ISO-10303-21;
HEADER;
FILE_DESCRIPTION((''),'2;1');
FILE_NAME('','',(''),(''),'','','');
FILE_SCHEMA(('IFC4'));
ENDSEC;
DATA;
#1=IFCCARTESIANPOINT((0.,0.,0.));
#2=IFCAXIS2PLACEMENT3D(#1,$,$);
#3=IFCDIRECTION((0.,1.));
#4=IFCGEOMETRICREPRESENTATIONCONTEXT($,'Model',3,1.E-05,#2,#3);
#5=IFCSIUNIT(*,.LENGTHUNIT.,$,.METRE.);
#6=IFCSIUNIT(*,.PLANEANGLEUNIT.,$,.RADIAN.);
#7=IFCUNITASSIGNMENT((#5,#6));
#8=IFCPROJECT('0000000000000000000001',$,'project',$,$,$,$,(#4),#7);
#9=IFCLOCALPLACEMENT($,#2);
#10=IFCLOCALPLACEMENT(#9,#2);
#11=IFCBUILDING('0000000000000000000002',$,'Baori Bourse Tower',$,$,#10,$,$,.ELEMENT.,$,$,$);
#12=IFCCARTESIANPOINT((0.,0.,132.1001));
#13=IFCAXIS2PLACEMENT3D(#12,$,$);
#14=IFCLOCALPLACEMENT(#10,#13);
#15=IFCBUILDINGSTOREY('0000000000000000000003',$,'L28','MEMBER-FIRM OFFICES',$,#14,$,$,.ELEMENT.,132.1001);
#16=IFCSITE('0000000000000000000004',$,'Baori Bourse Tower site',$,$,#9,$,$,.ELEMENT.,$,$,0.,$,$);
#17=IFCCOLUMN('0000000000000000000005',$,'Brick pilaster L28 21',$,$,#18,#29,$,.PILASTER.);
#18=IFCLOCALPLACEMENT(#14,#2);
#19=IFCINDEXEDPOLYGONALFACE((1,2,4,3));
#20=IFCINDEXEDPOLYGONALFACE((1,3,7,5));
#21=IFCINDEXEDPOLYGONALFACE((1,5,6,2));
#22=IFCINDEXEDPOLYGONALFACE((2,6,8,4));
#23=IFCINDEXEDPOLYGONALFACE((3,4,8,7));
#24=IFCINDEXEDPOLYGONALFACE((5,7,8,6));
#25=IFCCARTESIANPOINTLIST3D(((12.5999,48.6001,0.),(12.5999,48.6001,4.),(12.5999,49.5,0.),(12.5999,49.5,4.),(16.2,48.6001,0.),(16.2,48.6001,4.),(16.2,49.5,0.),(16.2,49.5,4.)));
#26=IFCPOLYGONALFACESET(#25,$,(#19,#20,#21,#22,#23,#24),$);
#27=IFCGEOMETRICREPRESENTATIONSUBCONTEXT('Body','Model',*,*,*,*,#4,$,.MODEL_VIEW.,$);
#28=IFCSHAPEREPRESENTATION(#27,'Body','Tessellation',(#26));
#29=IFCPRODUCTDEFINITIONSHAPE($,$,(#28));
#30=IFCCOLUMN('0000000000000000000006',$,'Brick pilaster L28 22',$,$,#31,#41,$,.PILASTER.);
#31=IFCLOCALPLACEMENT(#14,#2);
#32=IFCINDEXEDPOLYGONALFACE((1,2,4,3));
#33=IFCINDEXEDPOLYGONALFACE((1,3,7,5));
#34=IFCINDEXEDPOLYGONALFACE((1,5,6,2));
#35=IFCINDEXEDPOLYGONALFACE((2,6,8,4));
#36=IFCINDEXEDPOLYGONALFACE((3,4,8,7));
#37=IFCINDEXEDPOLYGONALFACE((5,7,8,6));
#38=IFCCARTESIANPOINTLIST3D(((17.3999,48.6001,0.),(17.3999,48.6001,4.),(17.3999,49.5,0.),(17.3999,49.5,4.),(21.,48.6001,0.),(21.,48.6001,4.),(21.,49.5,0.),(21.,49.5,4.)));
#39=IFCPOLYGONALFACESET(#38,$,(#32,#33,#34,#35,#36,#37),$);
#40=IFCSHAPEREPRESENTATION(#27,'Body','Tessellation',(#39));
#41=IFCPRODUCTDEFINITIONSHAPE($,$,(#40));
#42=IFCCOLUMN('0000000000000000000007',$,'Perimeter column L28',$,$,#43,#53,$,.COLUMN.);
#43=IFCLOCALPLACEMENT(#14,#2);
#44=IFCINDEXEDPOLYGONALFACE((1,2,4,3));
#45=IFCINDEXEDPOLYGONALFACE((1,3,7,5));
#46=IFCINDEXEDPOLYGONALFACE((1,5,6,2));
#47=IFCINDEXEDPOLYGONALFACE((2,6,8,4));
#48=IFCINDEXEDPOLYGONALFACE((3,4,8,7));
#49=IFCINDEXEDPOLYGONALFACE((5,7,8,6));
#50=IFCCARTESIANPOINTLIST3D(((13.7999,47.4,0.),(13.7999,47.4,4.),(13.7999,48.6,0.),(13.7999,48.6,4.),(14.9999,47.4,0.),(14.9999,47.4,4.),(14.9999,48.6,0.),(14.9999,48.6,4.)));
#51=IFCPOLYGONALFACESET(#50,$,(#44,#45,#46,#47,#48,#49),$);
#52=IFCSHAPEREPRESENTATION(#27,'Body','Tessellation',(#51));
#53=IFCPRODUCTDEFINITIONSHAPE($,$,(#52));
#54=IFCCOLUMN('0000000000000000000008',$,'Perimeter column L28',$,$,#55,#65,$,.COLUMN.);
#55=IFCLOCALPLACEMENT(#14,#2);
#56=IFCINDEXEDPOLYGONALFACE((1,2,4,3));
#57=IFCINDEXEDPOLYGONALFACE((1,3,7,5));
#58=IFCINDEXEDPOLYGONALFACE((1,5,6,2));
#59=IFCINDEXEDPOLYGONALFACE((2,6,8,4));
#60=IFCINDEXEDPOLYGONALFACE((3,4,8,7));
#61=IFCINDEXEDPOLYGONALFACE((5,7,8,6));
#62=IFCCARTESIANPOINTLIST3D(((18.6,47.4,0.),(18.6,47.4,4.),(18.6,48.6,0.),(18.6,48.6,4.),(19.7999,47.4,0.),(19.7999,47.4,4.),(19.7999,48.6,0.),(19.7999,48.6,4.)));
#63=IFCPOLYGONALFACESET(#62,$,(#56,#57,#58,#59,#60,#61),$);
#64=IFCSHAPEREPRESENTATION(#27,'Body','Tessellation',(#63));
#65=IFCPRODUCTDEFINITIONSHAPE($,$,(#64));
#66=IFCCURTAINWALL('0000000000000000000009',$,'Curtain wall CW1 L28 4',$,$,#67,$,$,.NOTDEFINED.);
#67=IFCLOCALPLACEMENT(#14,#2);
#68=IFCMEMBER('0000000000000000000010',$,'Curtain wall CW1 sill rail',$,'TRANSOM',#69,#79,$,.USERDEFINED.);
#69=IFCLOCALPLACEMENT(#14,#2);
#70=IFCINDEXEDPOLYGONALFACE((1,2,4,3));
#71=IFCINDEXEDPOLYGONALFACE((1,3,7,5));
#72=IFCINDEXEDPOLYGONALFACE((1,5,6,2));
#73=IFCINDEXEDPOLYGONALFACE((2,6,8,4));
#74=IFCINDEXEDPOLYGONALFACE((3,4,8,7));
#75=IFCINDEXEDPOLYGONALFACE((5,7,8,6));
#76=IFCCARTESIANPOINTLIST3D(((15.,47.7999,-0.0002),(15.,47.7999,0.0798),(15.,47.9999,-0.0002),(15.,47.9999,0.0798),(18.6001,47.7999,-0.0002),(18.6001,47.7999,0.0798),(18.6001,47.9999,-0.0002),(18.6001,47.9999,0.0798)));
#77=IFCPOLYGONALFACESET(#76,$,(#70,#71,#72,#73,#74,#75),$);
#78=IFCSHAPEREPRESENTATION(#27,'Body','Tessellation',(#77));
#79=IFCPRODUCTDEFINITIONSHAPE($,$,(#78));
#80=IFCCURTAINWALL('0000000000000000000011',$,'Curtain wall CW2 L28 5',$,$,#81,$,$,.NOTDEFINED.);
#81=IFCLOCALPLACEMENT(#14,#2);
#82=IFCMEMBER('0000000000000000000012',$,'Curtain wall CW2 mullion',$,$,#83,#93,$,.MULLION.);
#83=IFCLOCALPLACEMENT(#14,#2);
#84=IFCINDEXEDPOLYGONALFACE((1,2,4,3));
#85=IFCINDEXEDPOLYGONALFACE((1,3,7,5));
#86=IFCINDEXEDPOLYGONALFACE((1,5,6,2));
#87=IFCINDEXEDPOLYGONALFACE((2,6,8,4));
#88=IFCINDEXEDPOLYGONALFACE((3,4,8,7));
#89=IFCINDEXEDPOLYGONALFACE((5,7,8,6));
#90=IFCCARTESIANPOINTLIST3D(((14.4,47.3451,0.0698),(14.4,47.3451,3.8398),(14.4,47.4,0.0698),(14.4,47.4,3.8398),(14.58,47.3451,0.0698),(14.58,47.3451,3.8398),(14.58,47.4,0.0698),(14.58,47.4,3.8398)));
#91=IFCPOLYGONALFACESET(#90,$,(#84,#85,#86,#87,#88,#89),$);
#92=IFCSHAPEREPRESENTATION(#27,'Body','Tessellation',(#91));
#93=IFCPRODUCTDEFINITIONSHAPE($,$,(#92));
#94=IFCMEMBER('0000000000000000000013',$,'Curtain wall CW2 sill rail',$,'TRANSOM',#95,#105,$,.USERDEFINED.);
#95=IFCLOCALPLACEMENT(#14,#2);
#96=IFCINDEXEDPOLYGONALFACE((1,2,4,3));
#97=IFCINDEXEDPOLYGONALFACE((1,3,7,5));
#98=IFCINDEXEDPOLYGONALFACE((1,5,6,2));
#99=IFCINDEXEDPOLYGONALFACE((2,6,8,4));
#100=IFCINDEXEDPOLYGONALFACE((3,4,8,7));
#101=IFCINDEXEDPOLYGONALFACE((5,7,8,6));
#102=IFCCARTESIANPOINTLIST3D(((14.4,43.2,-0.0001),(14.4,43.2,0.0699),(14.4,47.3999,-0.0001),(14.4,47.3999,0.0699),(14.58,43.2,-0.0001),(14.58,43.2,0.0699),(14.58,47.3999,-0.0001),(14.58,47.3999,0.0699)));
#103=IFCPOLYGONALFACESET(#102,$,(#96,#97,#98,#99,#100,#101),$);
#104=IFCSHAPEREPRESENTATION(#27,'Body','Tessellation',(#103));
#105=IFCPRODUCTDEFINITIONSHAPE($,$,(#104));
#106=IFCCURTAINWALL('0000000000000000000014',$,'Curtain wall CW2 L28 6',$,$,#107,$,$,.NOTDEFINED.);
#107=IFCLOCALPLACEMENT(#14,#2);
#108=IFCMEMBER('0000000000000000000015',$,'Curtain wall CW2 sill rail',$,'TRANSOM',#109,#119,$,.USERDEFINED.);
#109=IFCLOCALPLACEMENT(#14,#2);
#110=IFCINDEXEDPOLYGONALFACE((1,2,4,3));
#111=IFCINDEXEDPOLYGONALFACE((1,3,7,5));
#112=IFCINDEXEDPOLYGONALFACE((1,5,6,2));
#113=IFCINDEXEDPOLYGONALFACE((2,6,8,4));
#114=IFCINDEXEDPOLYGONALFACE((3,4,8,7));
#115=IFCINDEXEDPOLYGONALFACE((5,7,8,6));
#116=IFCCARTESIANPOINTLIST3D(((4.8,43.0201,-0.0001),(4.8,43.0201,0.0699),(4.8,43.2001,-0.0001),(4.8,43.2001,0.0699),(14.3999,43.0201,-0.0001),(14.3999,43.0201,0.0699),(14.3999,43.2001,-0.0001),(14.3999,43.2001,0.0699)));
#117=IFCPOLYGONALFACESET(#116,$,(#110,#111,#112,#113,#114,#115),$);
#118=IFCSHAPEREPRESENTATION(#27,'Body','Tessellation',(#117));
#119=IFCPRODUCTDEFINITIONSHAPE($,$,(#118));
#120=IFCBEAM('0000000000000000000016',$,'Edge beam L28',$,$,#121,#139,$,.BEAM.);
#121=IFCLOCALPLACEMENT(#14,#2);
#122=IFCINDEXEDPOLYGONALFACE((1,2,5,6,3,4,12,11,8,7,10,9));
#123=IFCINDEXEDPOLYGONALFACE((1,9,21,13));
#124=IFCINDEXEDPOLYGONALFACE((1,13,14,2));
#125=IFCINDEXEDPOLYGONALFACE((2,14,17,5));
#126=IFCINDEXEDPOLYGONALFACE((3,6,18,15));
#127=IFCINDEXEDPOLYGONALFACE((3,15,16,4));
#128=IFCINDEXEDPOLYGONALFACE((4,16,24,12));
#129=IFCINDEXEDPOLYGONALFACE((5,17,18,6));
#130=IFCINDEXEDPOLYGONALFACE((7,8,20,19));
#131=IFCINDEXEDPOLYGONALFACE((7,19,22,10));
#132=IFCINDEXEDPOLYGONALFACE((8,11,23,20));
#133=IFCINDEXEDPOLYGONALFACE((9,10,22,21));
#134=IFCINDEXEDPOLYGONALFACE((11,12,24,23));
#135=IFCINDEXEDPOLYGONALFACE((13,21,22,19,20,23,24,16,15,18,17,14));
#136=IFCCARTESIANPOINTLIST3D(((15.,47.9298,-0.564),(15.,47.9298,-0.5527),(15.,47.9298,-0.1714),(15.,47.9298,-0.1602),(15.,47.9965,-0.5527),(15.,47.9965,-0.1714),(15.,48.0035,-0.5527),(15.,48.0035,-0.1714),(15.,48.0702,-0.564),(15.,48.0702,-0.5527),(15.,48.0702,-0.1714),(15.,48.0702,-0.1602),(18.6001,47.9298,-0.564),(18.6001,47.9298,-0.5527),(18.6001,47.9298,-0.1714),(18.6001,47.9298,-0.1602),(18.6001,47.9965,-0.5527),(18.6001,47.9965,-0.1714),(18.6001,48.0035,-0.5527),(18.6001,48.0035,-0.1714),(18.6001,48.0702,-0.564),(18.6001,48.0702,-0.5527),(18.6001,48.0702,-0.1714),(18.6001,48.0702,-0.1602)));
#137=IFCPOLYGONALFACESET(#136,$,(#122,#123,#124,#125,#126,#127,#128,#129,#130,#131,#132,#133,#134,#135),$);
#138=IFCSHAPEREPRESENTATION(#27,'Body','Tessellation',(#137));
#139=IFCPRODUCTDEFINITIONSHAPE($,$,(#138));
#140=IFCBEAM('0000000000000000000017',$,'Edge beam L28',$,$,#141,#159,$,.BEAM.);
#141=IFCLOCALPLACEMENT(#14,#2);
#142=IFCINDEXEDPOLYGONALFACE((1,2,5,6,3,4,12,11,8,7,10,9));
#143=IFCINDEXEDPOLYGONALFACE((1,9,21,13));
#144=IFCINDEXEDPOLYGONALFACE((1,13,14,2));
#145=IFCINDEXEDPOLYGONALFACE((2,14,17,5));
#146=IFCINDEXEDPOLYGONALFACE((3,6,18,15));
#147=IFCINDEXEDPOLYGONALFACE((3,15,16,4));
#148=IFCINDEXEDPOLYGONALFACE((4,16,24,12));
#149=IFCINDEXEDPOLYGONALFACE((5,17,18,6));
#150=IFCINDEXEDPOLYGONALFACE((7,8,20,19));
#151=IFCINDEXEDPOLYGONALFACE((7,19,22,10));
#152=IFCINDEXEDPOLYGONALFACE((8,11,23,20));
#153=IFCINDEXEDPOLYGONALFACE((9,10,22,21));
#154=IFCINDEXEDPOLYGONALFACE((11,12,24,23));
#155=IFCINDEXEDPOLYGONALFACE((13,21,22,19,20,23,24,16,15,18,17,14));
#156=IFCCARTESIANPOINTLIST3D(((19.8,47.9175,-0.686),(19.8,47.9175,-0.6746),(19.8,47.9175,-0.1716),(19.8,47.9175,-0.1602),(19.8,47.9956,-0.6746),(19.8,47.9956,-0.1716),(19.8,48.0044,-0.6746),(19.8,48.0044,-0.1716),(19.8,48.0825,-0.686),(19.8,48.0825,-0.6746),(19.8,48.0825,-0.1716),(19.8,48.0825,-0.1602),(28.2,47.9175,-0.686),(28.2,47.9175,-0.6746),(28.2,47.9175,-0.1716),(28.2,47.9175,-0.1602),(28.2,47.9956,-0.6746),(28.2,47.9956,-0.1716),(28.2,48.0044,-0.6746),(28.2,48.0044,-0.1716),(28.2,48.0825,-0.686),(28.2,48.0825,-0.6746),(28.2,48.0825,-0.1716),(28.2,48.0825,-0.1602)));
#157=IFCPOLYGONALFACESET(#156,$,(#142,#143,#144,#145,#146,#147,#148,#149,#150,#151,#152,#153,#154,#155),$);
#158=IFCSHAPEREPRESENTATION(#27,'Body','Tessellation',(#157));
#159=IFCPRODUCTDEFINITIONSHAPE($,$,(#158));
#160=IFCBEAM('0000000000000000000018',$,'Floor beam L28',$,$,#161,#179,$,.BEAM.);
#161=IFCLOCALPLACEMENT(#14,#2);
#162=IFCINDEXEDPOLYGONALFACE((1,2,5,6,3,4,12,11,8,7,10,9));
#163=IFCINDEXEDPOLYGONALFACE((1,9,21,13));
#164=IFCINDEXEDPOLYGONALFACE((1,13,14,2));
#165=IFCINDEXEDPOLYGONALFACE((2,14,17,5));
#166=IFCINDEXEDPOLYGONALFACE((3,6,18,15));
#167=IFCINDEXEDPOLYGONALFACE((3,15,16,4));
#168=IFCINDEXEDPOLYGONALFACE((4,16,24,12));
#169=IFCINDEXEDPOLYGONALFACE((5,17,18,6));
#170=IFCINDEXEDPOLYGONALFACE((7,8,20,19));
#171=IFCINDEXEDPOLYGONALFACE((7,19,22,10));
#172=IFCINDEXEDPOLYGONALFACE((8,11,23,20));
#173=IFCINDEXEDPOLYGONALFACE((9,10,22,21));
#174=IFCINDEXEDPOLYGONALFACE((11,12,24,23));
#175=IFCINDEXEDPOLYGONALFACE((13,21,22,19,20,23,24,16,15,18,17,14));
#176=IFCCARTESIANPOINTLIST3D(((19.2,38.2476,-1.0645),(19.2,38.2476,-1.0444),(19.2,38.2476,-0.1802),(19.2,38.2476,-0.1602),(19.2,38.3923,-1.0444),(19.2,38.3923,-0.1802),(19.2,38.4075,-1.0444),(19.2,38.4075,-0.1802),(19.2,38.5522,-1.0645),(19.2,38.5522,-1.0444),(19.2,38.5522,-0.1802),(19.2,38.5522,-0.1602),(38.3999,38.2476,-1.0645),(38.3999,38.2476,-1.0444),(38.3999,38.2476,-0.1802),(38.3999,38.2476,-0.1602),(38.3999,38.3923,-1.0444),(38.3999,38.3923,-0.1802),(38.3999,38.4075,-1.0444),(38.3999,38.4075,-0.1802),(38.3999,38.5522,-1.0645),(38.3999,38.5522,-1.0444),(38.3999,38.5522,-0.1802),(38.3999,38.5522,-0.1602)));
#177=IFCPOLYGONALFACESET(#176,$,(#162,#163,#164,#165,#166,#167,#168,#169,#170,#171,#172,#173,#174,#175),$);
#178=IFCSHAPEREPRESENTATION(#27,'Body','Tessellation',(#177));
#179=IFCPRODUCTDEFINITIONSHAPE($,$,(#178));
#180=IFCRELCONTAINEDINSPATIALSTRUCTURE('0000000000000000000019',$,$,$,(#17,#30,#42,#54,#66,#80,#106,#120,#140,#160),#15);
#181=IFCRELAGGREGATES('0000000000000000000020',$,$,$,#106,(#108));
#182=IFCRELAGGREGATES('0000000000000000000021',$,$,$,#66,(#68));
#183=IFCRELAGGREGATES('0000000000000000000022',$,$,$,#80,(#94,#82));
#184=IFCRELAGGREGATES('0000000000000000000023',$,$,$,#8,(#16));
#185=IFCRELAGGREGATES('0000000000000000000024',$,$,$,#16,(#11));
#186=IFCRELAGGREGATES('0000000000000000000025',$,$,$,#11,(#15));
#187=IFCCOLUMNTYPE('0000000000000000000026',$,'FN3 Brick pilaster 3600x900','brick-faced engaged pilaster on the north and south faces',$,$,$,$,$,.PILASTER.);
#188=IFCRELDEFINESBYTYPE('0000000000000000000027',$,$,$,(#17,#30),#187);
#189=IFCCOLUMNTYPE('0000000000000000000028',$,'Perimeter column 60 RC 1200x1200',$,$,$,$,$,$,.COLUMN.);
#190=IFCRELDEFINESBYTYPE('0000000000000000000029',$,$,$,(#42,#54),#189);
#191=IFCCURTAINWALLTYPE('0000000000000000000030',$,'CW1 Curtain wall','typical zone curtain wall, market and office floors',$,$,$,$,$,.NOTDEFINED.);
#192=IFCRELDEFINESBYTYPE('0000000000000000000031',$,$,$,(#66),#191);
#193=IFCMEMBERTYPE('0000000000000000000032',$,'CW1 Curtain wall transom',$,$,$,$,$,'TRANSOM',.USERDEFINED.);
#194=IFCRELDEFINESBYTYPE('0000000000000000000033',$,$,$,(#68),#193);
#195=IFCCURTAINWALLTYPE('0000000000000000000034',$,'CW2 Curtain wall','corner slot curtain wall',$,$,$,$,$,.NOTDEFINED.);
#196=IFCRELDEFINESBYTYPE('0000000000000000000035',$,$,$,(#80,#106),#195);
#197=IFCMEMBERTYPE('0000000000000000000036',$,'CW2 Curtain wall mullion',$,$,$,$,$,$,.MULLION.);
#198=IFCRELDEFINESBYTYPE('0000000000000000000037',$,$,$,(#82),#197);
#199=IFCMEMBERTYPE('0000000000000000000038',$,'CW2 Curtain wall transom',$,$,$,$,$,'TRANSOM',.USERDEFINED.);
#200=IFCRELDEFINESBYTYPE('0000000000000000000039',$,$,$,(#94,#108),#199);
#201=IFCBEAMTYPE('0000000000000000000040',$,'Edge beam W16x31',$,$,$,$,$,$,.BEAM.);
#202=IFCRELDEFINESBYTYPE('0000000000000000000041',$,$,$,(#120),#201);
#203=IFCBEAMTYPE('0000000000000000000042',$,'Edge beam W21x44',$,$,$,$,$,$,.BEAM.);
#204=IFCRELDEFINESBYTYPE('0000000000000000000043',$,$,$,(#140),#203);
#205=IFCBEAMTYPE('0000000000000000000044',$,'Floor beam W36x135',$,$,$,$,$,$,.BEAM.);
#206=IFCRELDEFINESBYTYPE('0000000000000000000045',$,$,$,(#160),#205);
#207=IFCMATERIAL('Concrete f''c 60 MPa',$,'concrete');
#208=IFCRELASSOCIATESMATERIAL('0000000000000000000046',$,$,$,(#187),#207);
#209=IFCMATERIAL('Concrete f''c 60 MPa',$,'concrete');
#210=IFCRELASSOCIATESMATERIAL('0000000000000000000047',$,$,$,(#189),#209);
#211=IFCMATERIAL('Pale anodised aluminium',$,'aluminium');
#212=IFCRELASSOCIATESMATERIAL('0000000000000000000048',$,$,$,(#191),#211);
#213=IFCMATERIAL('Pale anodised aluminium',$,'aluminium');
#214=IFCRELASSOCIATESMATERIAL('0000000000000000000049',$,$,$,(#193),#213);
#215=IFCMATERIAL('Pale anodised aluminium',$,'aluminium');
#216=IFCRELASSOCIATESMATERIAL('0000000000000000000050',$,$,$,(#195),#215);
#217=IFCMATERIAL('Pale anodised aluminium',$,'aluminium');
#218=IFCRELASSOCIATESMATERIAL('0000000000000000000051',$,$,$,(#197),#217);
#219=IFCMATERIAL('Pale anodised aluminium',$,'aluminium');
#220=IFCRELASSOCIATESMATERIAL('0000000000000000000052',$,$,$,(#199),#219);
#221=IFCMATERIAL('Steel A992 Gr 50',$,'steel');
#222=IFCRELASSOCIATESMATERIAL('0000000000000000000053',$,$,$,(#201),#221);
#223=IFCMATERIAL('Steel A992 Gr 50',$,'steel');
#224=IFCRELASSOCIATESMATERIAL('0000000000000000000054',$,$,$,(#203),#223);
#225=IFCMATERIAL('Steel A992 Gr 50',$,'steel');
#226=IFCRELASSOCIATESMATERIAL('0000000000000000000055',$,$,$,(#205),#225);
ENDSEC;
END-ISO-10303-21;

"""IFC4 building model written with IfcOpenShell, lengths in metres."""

from ifc_helpers import new_model, si_unit, direction, frame, origin, origin_2d, place, context, subcontext, project, spatial, rectangle, i_section, extrude, material, material_profile, profile_set, type_object, element, aggregate, save


model = new_model("IFC4")

# Units and contexts
model_context = context("Model", 3, precision=1e-05, world=origin(), true_north=direction((0.0, 1.0)))
body_context = subcontext(model_context, "Body", "Model", "MODEL_VIEW")
ifc_project = project(units=[si_unit("LENGTHUNIT", "METRE"), si_unit("PLANEANGLEUNIT", "RADIAN")], contexts=[model_context])

# Site, building, storey
site_placement = place(None, origin())
site = spatial("IfcSite", under=ifc_project, at=site_placement, Name="Baori Bourse Tower site", CompositionType="ELEMENT", RefElevation=0.0)
building_placement = place(site_placement, origin())
building = spatial("IfcBuilding", under=site, at=building_placement, Name="Baori Bourse Tower", CompositionType="ELEMENT")
storey_placement = place(building_placement, frame((0.0, 0.0, 132.1001)))
storey = spatial("IfcBuildingStorey", under=building, at=storey_placement, Name="L28", Description="MEMBER-FIRM OFFICES", CompositionType="ELEMENT", Elevation=132.1001)

# Columns
ifc_material_1 = material(Name="Concrete f'c 60 MPa", Category="concrete")
ifc_material_profile_1 = material_profile(ifc_material_1, rectangle(XDim=3.6001, YDim=0.8999, at=origin_2d()), Name="RC 3600x900")
ifc_profile_set_1 = profile_set([ifc_material_profile_1], Name="Concrete f'c 60 MPa")
column_type_1 = type_object("IfcColumnType", Name="FN3 Brick pilaster 3600x900", Description="brick-faced engaged pilaster on the north and south faces", PredefinedType="PILASTER", material=ifc_profile_set_1)
for number, where, z_axis, x_axis, name in (
    (1, (14.3999, 49.05, 0.0), (0.0, 0.0, 1.0), (1.0, 0.0, 0.0), "Brick pilaster L28 21"),
    (2, (19.2, 49.05, 0.0), (0.0, 0.0, 1.0), (1.0, 0.0, 0.0), "Brick pilaster L28 22"),
):
    element("IfcColumn", number, at=place(storey_placement, frame(where, z_axis=z_axis, x_axis=x_axis)), inside=storey, type_object=column_type_1, Name=name, PredefinedType="PILASTER", context=body_context, shape_type="SweptSolid", body=[
        extrude(rectangle(XDim=3.6001, YDim=0.8999, at=origin_2d()), origin(), (0.0, 0.0, 1.0), 4.0),
    ])
ifc_material_2 = material(Name="Concrete f'c 60 MPa", Category="concrete")
ifc_material_profile_2 = material_profile(ifc_material_2, rectangle(XDim=1.2, YDim=1.2, at=origin_2d()), Name="RC 1200x1200")
ifc_profile_set_2 = profile_set([ifc_material_profile_2], Name="Concrete f'c 60 MPa")
column_type_2 = type_object("IfcColumnType", Name="Perimeter column 60 RC 1200x1200", PredefinedType="COLUMN", material=ifc_profile_set_2)
for number, where, z_axis, x_axis, name in (
    (3, (14.3999, 48.0, 0.0), (0.0, 0.0, 1.0), (1.0, 0.0, 0.0), "Perimeter column L28"),
    (4, (19.2, 48.0, 0.0), (0.0, 0.0, 1.0), (1.0, 0.0, 0.0), "Perimeter column L28"),
):
    element("IfcColumn", number, at=place(storey_placement, frame(where, z_axis=z_axis, x_axis=x_axis)), inside=storey, type_object=column_type_2, Name=name, PredefinedType="COLUMN", context=body_context, shape_type="SweptSolid", body=[
        extrude(rectangle(XDim=1.2, YDim=1.2, at=origin_2d()), origin(), (0.0, 0.0, 1.0), 4.0),
    ])

# Curtain wall, member
ifc_material_3 = material(Name="Pale anodised aluminium", Category="aluminium")
curtain_wall_type_1 = type_object("IfcCurtainWallType", Name="CW1 Curtain wall", Description="typical zone curtain wall, market and office floors", PredefinedType="NOTDEFINED", material=ifc_material_3)
curtain_wall_1_placement = place(storey_placement, origin())
curtain_wall_1 = element("IfcCurtainWall", 5, at=curtain_wall_1_placement, inside=storey, type_object=curtain_wall_type_1, Name="Curtain wall CW1 L28 4", PredefinedType="NOTDEFINED")
ifc_material_4 = material(Name="Pale anodised aluminium", Category="aluminium")
ifc_material_profile_3 = material_profile(ifc_material_4, rectangle(XDim=0.2, YDim=0.0801, at=origin_2d()), Name="Transom 80x200")
ifc_profile_set_3 = profile_set([ifc_material_profile_3], Name="Pale anodised aluminium")
member_type_1 = type_object("IfcMemberType", Name="CW1 Curtain wall transom", ElementType="TRANSOM", PredefinedType="USERDEFINED", material=ifc_profile_set_3)
member_1_placement = place(storey_placement, frame((18.6001, 47.8999, 0.0398), z_axis=(-1.0, 0.0, 0.0), x_axis=(0.0, -1.0, 0.0)))
member_1 = element("IfcMember", 6, at=member_1_placement, type_object=member_type_1, Name="Curtain wall CW1 sill rail", ObjectType="TRANSOM", PredefinedType="USERDEFINED", context=body_context, shape_type="SweptSolid", body=[
    extrude(rectangle(XDim=0.2, YDim=0.0801, at=origin_2d()), origin(), (0.0, 0.0, 1.0), 3.6001),
])

# Curtain wall, members
ifc_material_5 = material(Name="Pale anodised aluminium", Category="aluminium")
curtain_wall_type_2 = type_object("IfcCurtainWallType", Name="CW2 Curtain wall", Description="corner slot curtain wall", PredefinedType="NOTDEFINED", material=ifc_material_5)
curtain_wall_2_placement = place(storey_placement, origin())
curtain_wall_2 = element("IfcCurtainWall", 7, at=curtain_wall_2_placement, inside=storey, type_object=curtain_wall_type_2, Name="Curtain wall CW2 L28 5", PredefinedType="NOTDEFINED")
ifc_material_6 = material(Name="Pale anodised aluminium", Category="aluminium")
ifc_material_profile_4 = material_profile(ifc_material_6, rectangle(XDim=0.1799, YDim=0.0549, at=origin_2d()), Name="Mullion 55x180")
ifc_profile_set_4 = profile_set([ifc_material_profile_4], Name="Pale anodised aluminium")
member_type_2 = type_object("IfcMemberType", Name="CW2 Curtain wall mullion", PredefinedType="MULLION", material=ifc_profile_set_4)
member_2_placement = place(storey_placement, frame((14.49, 47.3726, 0.0698), z_axis=(0.0, 0.0, 1.0), x_axis=(1.0, 0.0, 0.0)))
member_2 = element("IfcMember", 8, at=member_2_placement, type_object=member_type_2, Name="Curtain wall CW2 mullion", PredefinedType="MULLION", context=body_context, shape_type="SweptSolid", body=[
    extrude(rectangle(XDim=0.1799, YDim=0.0549, at=origin_2d()), origin(), (0.0, 0.0, 1.0), 3.77),
])
ifc_material_7 = material(Name="Pale anodised aluminium", Category="aluminium")
ifc_material_profile_5 = material_profile(ifc_material_7, rectangle(XDim=0.1799, YDim=0.0701, at=origin_2d()), Name="Transom 70x180")
ifc_profile_set_5 = profile_set([ifc_material_profile_5], Name="Pale anodised aluminium")
member_type_3 = type_object("IfcMemberType", Name="CW2 Curtain wall transom", ElementType="TRANSOM", PredefinedType="USERDEFINED", material=ifc_profile_set_5)
member_3_placement = place(storey_placement, frame((14.49, 47.3999, 0.0349), z_axis=(0.0, -1.0, 0.0), x_axis=(1.0, 0.0, 0.0)))
member_3 = element("IfcMember", 9, at=member_3_placement, type_object=member_type_3, Name="Curtain wall CW2 sill rail", ObjectType="TRANSOM", PredefinedType="USERDEFINED", context=body_context, shape_type="SweptSolid", body=[
    extrude(rectangle(XDim=0.1799, YDim=0.0701, at=origin_2d()), origin(), (0.0, 0.0, 1.0), 4.2),
])

# Curtain wall, member
curtain_wall_3_placement = place(storey_placement, origin())
curtain_wall_3 = element("IfcCurtainWall", 10, at=curtain_wall_3_placement, inside=storey, type_object=curtain_wall_type_2, Name="Curtain wall CW2 L28 6", PredefinedType="NOTDEFINED")
member_4_placement = place(storey_placement, frame((14.3999, 43.1101, 0.0349), z_axis=(-1.0, 0.0, 0.0), x_axis=(0.0, -1.0, 0.0)))
member_4 = element("IfcMember", 11, at=member_4_placement, type_object=member_type_3, Name="Curtain wall CW2 sill rail", ObjectType="TRANSOM", PredefinedType="USERDEFINED", context=body_context, shape_type="SweptSolid", body=[
    extrude(rectangle(XDim=0.1799, YDim=0.0701, at=origin_2d()), origin(), (0.0, 0.0, 1.0), 9.5999),
])
aggregate(curtain_wall_3, [member_4])

# Beams
ifc_material_8 = material(Name="Steel A992 Gr 50", Category="steel")
ifc_material_profile_6 = material_profile(ifc_material_8, i_section(OverallWidth=0.1404, OverallDepth=0.4038, WebThickness=0.0071, FlangeThickness=0.0112, at=origin_2d()), Name="W16x31")
ifc_profile_set_6 = profile_set([ifc_material_profile_6], Name="Steel A992 Gr 50")
beam_type_1 = type_object("IfcBeamType", Name="Edge beam W16x31", PredefinedType="BEAM", material=ifc_profile_set_6)
beam_1_placement = place(storey_placement, frame((15.0, 48.0, -0.3621), z_axis=(1.0, 0.0, 0.0), x_axis=(0.0, 1.0, 0.0)))
element("IfcBeam", 12, at=beam_1_placement, inside=storey, type_object=beam_type_1, Name="Edge beam L28", PredefinedType="BEAM", context=body_context, shape_type="SweptSolid", body=[
    extrude(i_section(OverallWidth=0.1404, OverallDepth=0.4038, WebThickness=0.0071, FlangeThickness=0.0112, at=origin_2d()), origin(), (0.0, 0.0, 1.0), 3.6001),
])
ifc_material_9 = material(Name="Steel A992 Gr 50", Category="steel")
ifc_material_profile_7 = material_profile(ifc_material_9, i_section(OverallWidth=0.165, OverallDepth=0.5259, WebThickness=0.0088, FlangeThickness=0.0115, at=origin_2d()), Name="W21x44")
ifc_profile_set_7 = profile_set([ifc_material_profile_7], Name="Steel A992 Gr 50")
beam_type_2 = type_object("IfcBeamType", Name="Edge beam W21x44", PredefinedType="BEAM", material=ifc_profile_set_7)
beam_2_placement = place(storey_placement, frame((19.8, 48.0, -0.4231), z_axis=(1.0, 0.0, 0.0), x_axis=(0.0, 1.0, 0.0)))
element("IfcBeam", 13, at=beam_2_placement, inside=storey, type_object=beam_type_2, Name="Edge beam L28", PredefinedType="BEAM", context=body_context, shape_type="SweptSolid", body=[
    extrude(i_section(OverallWidth=0.165, OverallDepth=0.5259, WebThickness=0.0088, FlangeThickness=0.0115, at=origin_2d()), origin(), (0.0, 0.0, 1.0), 8.3999),
])
ifc_material_10 = material(Name="Steel A992 Gr 50", Category="steel")
ifc_material_profile_8 = material_profile(ifc_material_10, i_section(OverallWidth=0.3047, OverallDepth=0.9043, WebThickness=0.0151, FlangeThickness=0.02, at=origin_2d()), Name="W36x135")
ifc_profile_set_8 = profile_set([ifc_material_profile_8], Name="Steel A992 Gr 50")
beam_type_3 = type_object("IfcBeamType", Name="Floor beam W36x135", PredefinedType="BEAM", material=ifc_profile_set_8)
beam_3_placement = place(storey_placement, frame((19.2, 38.3999, -0.6123), z_axis=(1.0, 0.0, 0.0), x_axis=(0.0, 1.0, 0.0)))
element("IfcBeam", 14, at=beam_3_placement, inside=storey, type_object=beam_type_3, Name="Floor beam L28", PredefinedType="BEAM", context=body_context, shape_type="SweptSolid", body=[
    extrude(i_section(OverallWidth=0.3047, OverallDepth=0.9043, WebThickness=0.0151, FlangeThickness=0.02, at=origin_2d()), origin(), (0.0, 0.0, 1.0), 19.2),
])

aggregate(curtain_wall_1, [member_1])
aggregate(curtain_wall_2, [member_3, member_2])

save(model, "model.ifc")
